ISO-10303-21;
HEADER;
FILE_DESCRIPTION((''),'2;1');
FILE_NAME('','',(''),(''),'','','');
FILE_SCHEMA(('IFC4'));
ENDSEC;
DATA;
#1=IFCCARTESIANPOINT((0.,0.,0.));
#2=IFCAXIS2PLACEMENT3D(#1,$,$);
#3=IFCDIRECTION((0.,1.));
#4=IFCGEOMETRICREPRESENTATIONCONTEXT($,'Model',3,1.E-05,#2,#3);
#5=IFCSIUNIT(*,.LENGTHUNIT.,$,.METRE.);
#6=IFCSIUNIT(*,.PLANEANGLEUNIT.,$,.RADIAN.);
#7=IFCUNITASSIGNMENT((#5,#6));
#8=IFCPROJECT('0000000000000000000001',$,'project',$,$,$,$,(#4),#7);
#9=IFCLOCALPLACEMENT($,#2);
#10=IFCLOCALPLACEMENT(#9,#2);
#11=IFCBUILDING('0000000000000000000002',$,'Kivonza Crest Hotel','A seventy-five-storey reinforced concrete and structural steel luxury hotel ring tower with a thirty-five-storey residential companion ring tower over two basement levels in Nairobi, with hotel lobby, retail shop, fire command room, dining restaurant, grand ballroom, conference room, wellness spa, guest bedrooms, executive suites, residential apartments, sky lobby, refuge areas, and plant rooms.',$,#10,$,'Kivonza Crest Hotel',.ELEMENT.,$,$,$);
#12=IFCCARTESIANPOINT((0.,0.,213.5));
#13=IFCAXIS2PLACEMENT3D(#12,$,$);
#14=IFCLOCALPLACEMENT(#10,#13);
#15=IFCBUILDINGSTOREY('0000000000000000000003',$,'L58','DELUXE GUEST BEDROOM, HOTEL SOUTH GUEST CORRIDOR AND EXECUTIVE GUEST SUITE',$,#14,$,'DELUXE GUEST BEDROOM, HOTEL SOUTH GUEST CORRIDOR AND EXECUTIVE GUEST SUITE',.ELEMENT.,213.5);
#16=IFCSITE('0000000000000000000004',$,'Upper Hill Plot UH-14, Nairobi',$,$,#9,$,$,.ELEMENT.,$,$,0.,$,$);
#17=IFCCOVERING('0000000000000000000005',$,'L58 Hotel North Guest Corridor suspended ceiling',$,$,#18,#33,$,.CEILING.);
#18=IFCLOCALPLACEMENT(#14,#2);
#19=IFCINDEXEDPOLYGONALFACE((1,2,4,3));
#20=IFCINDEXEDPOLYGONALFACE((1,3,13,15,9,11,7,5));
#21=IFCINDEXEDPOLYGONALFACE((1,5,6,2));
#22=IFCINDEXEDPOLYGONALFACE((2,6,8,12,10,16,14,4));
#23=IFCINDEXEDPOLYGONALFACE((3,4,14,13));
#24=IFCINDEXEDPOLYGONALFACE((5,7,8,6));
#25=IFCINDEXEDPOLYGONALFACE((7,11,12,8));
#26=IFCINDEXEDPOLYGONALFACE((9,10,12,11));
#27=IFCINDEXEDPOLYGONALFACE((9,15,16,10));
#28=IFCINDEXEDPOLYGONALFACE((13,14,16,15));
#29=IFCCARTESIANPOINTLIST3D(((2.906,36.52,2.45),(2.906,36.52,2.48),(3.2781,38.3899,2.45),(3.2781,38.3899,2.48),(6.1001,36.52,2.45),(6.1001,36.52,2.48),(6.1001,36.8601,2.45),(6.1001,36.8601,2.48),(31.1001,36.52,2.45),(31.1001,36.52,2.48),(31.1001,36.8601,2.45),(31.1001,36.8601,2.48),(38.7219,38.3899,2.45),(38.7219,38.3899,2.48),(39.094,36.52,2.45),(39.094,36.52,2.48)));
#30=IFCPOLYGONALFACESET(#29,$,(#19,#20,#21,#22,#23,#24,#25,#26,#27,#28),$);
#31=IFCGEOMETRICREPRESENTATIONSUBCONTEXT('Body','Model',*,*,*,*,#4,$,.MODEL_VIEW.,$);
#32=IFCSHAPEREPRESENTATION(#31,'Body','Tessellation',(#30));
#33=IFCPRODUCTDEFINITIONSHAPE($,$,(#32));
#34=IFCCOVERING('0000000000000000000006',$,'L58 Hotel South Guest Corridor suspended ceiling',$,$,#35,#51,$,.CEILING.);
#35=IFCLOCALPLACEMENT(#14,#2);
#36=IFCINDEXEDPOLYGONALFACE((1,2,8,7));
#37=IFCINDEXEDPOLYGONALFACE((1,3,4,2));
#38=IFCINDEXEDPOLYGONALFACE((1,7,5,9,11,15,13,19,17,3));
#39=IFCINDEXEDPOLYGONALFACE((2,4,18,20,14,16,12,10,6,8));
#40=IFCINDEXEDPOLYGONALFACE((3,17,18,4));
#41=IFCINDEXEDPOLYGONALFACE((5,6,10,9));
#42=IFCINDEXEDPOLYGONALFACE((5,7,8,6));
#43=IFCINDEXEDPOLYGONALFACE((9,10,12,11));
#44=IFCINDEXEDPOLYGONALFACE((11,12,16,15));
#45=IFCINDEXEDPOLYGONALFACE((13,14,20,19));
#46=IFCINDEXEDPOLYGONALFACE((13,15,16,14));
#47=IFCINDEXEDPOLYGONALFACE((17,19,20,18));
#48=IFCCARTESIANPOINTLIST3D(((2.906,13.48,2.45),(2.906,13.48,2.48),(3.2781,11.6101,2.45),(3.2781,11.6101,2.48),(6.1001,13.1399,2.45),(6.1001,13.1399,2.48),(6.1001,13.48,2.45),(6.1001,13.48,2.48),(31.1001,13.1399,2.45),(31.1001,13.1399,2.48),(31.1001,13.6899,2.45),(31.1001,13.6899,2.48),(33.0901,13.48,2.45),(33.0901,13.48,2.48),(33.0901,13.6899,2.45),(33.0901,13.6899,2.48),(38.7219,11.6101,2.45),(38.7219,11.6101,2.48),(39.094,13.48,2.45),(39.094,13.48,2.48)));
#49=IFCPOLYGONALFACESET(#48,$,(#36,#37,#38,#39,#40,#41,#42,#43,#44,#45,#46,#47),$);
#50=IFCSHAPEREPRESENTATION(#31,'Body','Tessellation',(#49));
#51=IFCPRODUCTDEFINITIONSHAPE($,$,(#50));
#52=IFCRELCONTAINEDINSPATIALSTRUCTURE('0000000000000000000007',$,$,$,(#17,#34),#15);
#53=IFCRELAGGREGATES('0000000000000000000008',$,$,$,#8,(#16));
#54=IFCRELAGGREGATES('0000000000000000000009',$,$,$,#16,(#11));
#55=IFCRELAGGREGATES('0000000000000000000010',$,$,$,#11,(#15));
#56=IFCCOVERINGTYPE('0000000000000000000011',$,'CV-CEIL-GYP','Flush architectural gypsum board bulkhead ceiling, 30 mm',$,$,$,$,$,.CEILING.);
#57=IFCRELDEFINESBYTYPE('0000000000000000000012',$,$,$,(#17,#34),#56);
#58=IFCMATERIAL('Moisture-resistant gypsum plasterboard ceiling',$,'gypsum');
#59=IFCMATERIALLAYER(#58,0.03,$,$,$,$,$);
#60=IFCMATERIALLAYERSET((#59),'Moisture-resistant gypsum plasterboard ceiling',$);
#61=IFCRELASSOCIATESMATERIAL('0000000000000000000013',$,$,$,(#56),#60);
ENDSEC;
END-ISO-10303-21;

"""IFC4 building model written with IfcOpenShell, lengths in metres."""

from ifc_helpers import new_model, si_unit, direction, frame, origin, place, context, subcontext, project, spatial, polyline, outline, extrude, material, layer, layer_set, type_object, element, save


model = new_model("IFC4")

# Units and contexts
model_context = context("Model", 3, precision=1e-05, world=origin(), true_north=direction((0.0, 1.0)))
body_context = subcontext(model_context, "Body", "Model", "MODEL_VIEW")
ifc_project = project(units=[si_unit("LENGTHUNIT", "METRE"), si_unit("PLANEANGLEUNIT", "RADIAN")], contexts=[model_context])

# Site, building, storey
site_placement = place(None, origin())
site = spatial("IfcSite", under=ifc_project, at=site_placement, Name="Upper Hill Plot UH-14, Nairobi", CompositionType="ELEMENT", RefElevation=0.0)
building_placement = place(site_placement, origin())
building = spatial("IfcBuilding", under=site, at=building_placement, Name="Kivonza Crest Hotel", Description="A seventy-five-storey reinforced concrete and structural steel luxury hotel ring tower with a thirty-five-storey residential companion ring tower over two basement levels in Nairobi, with hotel lobby, retail shop, fire command room, dining restaurant, grand ballroom, conference room, wellness spa, guest bedrooms, executive suites, residential apartments, sky lobby, refuge areas, and plant rooms.", LongName="Kivonza Crest Hotel", CompositionType="ELEMENT")
storey_placement = place(building_placement, frame((0.0, 0.0, 213.5)))
storey = spatial("IfcBuildingStorey", under=building, at=storey_placement, Name="L58", Description="DELUXE GUEST BEDROOM, HOTEL SOUTH GUEST CORRIDOR AND EXECUTIVE GUEST SUITE", LongName="DELUXE GUEST BEDROOM, HOTEL SOUTH GUEST CORRIDOR AND EXECUTIVE GUEST SUITE", CompositionType="ELEMENT", Elevation=213.5)

# Coverings
ifc_material_1 = material(Name="Moisture-resistant gypsum plasterboard ceiling", Category="gypsum")
ifc_layer_1 = layer(ifc_material_1, 0.03)
ifc_layer_set_1 = layer_set([ifc_layer_1], Name="Moisture-resistant gypsum plasterboard ceiling")
covering_type = type_object("IfcCoveringType", Name="CV-CEIL-GYP", Description="Flush architectural gypsum board bulkhead ceiling, 30 mm", PredefinedType="CEILING", material=ifc_layer_set_1)
covering_1_placement = place(storey_placement, frame((0.0, 0.0, 2.45)))
element("IfcCovering", 1, at=covering_1_placement, inside=storey, type_object=covering_type, Name="L58 Hotel North Guest Corridor suspended ceiling", PredefinedType="CEILING", context=body_context, shape_type="SweptSolid", body=[
    extrude(outline(polyline([(3.2781, 38.3899), (2.906, 36.52), (6.1001, 36.52), (6.1001, 36.8601), (31.1001, 36.8601), (31.1001, 36.52), (39.094, 36.52), (38.7219, 38.3899), (3.2781, 38.3899)])), origin(), (0.0, 0.0, 1.0), 0.03),
])
covering_2_placement = place(storey_placement, frame((0.0, 0.0, 2.45)))
element("IfcCovering", 2, at=covering_2_placement, inside=storey, type_object=covering_type, Name="L58 Hotel South Guest Corridor suspended ceiling", PredefinedType="CEILING", context=body_context, shape_type="SweptSolid", body=[
    extrude(outline(polyline([(33.0901, 13.48), (33.0901, 13.6899), (31.1001, 13.6899), (31.1001, 13.1399), (6.1001, 13.1399), (6.1001, 13.48), (2.906, 13.48), (3.2781, 11.6101), (38.7219, 11.6101), (39.094, 13.48), (33.0901, 13.48)])), origin(), (0.0, 0.0, 1.0), 0.03),
])

save(model, "model.ifc")
